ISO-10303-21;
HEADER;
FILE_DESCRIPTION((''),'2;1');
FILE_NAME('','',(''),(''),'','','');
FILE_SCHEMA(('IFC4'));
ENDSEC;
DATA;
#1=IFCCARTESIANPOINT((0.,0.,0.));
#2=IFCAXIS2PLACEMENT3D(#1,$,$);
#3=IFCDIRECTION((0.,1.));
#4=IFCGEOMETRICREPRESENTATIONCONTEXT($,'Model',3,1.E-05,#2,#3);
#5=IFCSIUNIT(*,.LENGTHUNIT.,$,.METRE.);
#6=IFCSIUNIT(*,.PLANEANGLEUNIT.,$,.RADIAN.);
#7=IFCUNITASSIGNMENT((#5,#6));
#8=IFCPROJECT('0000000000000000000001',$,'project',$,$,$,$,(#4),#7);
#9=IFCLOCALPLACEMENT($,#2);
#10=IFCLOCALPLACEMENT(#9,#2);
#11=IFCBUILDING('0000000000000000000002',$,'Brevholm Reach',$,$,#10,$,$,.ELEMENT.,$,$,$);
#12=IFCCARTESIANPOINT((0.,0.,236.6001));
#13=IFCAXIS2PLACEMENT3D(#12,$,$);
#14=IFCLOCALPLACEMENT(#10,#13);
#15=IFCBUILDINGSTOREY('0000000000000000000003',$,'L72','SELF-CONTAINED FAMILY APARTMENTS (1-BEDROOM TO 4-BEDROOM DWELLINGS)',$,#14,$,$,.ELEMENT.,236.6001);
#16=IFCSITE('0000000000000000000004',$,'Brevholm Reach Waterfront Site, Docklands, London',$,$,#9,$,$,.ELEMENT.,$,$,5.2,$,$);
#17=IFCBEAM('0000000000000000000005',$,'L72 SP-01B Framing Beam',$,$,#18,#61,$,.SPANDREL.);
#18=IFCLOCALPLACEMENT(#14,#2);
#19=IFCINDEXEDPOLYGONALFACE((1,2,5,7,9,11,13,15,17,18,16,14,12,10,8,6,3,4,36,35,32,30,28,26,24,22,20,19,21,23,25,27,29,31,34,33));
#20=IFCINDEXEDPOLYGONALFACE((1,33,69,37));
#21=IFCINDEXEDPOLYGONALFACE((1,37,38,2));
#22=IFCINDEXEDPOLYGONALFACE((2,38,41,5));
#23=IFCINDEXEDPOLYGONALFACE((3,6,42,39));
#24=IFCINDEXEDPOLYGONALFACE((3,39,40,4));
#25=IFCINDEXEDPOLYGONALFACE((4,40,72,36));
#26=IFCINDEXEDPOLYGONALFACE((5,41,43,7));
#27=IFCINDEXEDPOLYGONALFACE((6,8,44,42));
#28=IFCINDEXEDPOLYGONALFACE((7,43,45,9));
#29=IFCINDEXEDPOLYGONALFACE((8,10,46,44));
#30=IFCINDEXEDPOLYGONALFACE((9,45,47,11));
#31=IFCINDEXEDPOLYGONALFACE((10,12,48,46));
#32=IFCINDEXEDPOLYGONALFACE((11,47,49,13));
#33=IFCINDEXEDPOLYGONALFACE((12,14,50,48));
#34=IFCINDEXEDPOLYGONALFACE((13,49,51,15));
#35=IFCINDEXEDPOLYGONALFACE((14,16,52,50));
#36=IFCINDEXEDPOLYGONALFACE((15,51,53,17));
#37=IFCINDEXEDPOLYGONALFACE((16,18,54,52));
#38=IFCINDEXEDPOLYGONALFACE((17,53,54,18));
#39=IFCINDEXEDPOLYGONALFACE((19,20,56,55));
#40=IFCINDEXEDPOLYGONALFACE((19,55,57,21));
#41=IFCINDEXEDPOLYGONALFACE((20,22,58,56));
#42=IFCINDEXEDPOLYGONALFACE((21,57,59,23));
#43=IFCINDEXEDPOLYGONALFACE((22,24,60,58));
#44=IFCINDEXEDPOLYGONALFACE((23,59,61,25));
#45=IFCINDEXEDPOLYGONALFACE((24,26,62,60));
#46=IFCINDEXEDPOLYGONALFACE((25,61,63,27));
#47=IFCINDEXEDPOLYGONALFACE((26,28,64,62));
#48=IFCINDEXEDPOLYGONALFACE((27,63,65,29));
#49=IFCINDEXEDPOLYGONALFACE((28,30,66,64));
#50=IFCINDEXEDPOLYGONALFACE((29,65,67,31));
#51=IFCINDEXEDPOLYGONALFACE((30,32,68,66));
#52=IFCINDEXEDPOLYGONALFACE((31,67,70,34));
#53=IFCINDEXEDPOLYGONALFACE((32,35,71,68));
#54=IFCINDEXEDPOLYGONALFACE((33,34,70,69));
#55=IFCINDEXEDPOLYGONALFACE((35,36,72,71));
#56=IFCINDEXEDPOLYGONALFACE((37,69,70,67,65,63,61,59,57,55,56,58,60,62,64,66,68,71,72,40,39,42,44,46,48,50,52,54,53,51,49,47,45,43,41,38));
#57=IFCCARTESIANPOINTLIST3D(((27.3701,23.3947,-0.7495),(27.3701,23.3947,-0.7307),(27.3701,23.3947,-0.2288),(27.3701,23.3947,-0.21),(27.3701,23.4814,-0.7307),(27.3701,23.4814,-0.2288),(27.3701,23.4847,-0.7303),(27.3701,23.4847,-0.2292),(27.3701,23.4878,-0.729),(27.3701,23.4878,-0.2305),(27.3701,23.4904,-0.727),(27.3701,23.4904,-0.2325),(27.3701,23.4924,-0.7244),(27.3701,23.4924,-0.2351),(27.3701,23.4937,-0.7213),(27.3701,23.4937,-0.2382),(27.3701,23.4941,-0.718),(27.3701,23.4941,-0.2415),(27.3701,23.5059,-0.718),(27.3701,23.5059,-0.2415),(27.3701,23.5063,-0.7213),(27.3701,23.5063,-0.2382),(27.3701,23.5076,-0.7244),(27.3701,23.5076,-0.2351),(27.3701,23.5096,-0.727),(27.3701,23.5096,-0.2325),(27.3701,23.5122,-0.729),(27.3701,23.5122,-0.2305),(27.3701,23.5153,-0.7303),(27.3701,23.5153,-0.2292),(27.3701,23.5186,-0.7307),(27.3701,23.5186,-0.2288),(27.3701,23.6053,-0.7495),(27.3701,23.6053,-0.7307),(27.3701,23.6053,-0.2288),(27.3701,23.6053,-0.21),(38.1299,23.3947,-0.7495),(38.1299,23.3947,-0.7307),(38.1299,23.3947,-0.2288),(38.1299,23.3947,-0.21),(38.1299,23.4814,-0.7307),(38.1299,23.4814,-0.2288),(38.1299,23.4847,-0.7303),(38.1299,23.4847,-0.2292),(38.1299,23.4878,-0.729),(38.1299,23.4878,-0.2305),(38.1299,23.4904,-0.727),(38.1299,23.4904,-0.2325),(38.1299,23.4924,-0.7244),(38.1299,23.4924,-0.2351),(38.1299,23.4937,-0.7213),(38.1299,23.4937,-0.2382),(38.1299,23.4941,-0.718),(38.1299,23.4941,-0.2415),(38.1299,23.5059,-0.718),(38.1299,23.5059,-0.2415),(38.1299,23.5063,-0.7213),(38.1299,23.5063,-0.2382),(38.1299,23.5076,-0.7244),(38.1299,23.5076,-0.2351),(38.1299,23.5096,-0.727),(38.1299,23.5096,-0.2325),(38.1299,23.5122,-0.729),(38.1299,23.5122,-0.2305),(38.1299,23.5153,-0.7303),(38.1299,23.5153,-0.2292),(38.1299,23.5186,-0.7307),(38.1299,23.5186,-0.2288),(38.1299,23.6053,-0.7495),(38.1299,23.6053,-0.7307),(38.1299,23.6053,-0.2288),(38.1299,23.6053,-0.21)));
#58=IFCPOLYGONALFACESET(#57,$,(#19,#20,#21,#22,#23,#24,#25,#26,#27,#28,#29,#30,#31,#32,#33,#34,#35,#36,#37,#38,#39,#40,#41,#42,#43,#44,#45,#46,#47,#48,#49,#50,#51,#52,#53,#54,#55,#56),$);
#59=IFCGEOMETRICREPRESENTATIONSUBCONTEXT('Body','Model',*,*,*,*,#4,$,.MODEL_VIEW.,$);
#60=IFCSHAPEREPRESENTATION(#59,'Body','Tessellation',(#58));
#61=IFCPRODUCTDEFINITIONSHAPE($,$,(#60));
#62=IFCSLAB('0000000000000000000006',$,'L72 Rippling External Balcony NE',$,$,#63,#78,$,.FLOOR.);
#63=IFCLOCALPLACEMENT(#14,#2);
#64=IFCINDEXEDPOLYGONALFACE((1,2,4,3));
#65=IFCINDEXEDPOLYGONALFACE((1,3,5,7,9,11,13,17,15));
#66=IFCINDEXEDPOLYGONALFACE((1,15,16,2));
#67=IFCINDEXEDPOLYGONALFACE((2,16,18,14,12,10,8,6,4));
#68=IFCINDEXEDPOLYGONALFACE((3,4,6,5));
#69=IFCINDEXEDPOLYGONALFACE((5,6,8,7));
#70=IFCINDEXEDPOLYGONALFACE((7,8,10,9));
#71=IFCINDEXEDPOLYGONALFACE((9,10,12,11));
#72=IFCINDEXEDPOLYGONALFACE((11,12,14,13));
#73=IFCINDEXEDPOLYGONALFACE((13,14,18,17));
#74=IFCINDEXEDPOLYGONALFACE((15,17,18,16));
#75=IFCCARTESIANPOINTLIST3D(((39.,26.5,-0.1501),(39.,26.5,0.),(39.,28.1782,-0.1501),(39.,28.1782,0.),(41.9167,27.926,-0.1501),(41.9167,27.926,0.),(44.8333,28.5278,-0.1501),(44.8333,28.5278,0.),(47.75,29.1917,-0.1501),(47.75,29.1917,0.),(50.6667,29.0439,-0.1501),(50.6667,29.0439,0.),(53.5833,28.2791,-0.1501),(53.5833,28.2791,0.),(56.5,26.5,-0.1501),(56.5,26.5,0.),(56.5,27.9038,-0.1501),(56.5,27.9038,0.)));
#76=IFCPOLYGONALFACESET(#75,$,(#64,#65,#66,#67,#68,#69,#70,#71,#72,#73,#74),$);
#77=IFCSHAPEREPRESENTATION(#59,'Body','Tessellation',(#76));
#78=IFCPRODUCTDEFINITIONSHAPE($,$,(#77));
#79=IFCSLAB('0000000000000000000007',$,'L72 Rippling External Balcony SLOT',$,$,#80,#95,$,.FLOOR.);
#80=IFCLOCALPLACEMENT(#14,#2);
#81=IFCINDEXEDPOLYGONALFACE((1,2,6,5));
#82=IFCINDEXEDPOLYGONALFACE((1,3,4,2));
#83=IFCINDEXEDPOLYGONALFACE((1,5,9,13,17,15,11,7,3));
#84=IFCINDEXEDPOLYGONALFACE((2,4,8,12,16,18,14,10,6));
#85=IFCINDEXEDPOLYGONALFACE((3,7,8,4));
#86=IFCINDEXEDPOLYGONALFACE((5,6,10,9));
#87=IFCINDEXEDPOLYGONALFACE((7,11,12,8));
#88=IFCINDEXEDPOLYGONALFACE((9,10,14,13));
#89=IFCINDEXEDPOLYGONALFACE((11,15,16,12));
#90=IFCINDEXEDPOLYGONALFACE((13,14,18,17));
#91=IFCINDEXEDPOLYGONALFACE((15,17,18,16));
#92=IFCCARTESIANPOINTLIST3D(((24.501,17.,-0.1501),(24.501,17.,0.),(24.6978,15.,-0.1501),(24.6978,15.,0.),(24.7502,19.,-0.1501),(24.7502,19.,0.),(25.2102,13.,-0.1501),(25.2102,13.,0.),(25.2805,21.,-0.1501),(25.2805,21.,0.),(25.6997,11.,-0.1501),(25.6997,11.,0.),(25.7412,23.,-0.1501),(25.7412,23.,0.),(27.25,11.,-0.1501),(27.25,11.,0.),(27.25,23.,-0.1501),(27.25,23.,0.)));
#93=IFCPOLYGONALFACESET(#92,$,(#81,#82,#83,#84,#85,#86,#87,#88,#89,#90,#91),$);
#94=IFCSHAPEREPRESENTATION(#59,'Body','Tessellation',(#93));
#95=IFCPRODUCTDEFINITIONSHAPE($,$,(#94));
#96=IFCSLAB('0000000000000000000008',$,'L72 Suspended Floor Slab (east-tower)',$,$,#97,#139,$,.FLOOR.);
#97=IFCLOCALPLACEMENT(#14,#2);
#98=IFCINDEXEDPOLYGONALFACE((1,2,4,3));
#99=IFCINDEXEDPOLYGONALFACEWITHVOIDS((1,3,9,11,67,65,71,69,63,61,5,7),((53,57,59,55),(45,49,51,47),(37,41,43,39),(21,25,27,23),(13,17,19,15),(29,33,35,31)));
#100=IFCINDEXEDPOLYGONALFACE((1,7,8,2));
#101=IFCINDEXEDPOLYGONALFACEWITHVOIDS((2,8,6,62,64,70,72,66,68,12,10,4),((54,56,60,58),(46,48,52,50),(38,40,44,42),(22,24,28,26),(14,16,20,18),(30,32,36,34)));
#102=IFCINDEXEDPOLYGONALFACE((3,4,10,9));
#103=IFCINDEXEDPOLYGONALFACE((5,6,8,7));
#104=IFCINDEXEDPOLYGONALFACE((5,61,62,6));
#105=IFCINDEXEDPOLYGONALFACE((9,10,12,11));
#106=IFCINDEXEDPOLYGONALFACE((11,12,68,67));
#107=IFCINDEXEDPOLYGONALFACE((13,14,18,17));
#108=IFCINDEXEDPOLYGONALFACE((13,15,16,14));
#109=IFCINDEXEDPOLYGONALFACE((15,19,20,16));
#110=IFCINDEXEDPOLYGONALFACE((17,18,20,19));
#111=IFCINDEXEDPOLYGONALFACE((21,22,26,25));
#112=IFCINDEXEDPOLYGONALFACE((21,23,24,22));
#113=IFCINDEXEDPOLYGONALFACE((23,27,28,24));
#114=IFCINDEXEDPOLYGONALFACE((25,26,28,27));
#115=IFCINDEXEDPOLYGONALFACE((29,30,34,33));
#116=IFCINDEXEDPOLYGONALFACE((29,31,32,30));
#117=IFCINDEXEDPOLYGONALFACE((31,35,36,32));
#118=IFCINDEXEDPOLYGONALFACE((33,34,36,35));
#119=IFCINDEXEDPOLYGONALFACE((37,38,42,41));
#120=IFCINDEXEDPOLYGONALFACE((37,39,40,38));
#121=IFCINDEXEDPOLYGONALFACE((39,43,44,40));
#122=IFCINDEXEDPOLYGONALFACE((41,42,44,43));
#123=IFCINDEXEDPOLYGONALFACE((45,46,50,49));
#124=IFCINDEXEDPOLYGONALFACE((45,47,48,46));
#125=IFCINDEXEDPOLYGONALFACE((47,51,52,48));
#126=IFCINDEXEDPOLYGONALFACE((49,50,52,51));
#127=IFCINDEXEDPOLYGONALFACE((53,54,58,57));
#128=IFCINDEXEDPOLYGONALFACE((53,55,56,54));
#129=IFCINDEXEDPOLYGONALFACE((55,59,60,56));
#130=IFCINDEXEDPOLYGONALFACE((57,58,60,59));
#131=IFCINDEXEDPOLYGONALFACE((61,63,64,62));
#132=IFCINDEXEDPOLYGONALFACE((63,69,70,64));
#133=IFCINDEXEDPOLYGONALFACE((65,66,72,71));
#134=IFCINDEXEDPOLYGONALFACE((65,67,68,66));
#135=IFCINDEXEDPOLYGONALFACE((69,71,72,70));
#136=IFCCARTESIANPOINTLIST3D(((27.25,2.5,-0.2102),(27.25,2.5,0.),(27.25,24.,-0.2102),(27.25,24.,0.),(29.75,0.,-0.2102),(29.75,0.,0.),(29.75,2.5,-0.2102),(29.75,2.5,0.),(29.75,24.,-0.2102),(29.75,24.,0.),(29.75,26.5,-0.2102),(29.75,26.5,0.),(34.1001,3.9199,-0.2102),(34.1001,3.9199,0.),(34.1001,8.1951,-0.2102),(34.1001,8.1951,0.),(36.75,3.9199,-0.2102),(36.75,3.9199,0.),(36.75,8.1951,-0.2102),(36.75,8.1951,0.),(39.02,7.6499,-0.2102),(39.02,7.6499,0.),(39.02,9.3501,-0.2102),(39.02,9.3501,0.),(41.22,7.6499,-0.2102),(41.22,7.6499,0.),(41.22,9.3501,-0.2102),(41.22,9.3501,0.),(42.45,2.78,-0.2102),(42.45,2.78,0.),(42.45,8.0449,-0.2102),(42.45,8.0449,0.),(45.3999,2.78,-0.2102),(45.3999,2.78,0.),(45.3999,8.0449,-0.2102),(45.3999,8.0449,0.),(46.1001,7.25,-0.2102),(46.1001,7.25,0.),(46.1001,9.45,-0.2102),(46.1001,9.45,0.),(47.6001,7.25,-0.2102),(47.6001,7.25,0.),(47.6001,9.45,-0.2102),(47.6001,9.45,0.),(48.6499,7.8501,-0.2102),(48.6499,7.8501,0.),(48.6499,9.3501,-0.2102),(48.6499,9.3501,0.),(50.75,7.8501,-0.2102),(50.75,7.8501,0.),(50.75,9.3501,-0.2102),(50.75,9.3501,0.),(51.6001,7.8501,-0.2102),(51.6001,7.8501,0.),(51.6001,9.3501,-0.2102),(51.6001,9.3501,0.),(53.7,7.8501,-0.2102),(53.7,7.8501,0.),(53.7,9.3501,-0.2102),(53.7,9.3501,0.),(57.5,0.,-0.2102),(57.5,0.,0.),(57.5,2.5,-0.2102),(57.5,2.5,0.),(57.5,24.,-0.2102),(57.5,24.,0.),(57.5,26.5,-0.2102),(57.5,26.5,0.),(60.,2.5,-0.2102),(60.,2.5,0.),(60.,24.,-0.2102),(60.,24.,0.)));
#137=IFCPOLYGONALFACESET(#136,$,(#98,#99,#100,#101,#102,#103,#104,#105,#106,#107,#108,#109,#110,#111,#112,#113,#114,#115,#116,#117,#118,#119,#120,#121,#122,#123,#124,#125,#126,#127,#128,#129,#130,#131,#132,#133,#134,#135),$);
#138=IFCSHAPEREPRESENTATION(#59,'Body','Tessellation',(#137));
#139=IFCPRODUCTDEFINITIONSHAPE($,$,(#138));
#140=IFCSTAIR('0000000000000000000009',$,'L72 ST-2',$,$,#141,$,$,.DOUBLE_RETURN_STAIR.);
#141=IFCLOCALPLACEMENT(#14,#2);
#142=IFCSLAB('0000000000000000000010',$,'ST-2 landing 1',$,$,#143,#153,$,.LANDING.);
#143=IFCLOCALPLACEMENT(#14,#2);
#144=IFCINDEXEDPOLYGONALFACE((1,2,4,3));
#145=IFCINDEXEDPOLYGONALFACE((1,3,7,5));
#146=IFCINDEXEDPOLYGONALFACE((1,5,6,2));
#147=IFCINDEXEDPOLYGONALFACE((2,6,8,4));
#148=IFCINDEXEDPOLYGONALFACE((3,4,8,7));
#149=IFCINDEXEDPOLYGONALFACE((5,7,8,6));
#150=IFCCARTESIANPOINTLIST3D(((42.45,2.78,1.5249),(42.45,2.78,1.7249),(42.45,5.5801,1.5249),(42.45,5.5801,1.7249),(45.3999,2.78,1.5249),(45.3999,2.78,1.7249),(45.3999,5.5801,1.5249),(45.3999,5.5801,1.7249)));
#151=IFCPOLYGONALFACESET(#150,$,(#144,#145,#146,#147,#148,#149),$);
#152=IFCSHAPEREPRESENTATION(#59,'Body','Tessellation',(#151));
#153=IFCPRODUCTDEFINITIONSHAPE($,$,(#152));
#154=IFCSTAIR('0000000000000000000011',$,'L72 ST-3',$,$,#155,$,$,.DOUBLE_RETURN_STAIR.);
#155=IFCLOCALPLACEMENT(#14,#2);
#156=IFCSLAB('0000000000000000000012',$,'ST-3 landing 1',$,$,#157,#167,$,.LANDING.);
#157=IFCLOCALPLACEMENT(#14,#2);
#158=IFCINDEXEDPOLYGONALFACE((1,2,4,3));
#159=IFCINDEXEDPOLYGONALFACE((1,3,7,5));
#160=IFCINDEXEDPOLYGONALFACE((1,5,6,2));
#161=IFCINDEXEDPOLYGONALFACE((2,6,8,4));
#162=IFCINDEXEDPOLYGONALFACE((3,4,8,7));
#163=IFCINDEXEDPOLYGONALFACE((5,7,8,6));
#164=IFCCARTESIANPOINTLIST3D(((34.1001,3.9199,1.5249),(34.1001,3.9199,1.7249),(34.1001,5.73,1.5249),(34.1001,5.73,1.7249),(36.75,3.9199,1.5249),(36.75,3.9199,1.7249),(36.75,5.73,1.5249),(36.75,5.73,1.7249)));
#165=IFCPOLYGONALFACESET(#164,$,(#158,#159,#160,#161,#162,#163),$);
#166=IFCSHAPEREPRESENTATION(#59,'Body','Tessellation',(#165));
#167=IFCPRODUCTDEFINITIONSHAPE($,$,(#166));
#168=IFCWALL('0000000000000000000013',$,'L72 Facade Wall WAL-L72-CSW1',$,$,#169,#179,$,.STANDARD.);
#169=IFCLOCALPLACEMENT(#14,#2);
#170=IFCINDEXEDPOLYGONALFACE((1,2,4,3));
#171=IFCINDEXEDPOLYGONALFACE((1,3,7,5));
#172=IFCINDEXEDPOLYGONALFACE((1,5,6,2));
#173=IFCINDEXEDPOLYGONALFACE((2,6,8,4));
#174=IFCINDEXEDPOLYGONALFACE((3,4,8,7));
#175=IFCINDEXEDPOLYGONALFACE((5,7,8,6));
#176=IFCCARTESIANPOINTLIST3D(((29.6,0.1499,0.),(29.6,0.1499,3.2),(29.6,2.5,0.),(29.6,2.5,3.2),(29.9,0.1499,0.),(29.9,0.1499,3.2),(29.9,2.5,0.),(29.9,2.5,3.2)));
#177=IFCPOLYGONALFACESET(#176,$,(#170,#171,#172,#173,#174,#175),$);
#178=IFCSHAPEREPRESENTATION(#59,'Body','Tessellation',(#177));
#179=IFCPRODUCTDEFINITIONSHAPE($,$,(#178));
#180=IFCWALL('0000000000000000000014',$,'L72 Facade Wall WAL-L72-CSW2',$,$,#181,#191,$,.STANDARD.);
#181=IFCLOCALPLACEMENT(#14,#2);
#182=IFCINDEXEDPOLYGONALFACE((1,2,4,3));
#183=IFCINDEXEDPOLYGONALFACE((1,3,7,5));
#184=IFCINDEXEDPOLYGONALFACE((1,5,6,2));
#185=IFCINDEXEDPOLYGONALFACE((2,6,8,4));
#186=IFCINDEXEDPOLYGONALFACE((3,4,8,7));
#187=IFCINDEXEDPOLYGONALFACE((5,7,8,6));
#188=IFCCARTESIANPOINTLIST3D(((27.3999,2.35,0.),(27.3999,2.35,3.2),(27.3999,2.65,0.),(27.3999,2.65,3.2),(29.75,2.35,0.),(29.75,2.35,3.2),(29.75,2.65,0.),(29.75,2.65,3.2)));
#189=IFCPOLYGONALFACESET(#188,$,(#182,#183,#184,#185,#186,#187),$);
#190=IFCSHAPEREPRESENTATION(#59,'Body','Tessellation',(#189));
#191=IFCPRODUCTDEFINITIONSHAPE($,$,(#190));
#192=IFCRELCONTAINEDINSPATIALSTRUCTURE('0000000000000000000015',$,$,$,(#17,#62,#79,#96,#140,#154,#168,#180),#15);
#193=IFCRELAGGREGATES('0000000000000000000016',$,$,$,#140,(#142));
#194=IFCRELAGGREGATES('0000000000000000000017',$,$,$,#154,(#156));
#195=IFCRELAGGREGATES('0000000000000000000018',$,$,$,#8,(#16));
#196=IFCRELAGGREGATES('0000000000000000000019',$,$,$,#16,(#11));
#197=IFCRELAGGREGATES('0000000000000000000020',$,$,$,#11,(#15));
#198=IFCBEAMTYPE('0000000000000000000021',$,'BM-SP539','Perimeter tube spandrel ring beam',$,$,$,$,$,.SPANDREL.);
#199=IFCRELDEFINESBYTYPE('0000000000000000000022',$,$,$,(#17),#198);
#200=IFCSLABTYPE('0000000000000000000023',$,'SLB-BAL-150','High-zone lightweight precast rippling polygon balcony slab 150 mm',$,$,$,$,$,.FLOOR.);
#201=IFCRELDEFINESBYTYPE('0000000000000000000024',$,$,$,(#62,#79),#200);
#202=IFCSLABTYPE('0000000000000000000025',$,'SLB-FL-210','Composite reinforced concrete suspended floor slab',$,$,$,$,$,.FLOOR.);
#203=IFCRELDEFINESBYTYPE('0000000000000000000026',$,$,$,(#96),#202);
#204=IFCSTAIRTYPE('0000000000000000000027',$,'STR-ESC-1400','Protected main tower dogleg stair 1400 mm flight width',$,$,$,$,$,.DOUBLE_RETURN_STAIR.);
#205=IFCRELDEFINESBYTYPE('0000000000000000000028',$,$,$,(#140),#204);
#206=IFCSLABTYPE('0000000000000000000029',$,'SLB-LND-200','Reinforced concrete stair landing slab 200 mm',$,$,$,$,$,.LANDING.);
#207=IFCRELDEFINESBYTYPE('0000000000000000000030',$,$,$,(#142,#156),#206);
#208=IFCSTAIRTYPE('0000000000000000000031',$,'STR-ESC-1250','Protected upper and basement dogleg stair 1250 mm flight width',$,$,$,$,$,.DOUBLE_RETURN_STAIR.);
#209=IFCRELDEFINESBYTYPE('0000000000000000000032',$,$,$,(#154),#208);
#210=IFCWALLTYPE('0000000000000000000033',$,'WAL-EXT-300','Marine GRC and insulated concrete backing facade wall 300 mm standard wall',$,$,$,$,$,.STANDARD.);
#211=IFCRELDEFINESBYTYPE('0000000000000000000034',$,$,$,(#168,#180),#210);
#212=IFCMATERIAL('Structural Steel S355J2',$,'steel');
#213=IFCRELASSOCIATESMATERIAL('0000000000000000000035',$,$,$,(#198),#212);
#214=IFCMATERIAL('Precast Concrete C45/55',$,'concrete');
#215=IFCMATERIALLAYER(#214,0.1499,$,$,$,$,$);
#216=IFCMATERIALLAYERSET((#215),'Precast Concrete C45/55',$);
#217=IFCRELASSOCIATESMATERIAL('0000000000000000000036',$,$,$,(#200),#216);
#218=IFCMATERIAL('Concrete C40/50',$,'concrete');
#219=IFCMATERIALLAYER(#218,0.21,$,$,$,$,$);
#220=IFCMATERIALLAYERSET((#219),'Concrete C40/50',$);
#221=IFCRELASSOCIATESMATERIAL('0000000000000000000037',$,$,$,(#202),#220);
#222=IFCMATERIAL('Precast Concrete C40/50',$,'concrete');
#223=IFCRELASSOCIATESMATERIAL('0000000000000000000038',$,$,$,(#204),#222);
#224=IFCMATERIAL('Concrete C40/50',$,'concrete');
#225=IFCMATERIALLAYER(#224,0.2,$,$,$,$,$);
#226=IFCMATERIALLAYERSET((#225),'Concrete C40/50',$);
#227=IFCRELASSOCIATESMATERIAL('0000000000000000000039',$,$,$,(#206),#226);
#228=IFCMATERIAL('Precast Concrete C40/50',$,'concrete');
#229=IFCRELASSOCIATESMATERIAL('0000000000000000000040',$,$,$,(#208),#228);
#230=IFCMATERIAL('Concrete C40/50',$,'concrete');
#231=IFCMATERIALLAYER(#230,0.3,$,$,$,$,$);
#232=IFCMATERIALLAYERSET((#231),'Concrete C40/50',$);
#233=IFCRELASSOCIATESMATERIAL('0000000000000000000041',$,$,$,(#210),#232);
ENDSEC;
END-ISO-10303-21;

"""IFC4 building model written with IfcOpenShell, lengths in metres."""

from ifc_helpers import new_model, si_unit, direction, frame, frame_2d, origin, origin_2d, place, context, subcontext, project, spatial, polyline, rectangle, i_section, outline, extrude, material, layer, layer_set, material_profile, profile_set, type_object, element, aggregate, save


model = new_model("IFC4")

# Units and contexts
model_context = context("Model", 3, precision=1e-05, world=origin(), true_north=direction((0.0, 1.0)))
body_context = subcontext(model_context, "Body", "Model", "MODEL_VIEW")
ifc_project = project(units=[si_unit("LENGTHUNIT", "METRE"), si_unit("PLANEANGLEUNIT", "RADIAN")], contexts=[model_context])

# Site, building, storey
site_placement = place(None, origin())
site = spatial("IfcSite", under=ifc_project, at=site_placement, Name="Brevholm Reach Waterfront Site, Docklands, London", CompositionType="ELEMENT", RefElevation=5.2)
building_placement = place(site_placement, origin())
building = spatial("IfcBuilding", under=site, at=building_placement, Name="Brevholm Reach", CompositionType="ELEMENT")
storey_placement = place(building_placement, frame((0.0, 0.0, 236.6001)))
storey = spatial("IfcBuildingStorey", under=building, at=storey_placement, Name="L72", Description="SELF-CONTAINED FAMILY APARTMENTS (1-BEDROOM TO 4-BEDROOM DWELLINGS)", CompositionType="ELEMENT", Elevation=236.6001)

# Beam
ifc_material_1 = material(Name="Structural Steel S355J2", Category="steel")
ifc_material_profile_1 = material_profile(ifc_material_1, i_section(OverallWidth=0.2107, OverallDepth=0.5396, WebThickness=0.0117, FlangeThickness=0.0188, FilletRadius=0.0127, at=origin_2d()), Name="UKB 533x210x109")
ifc_profile_set_1 = profile_set([ifc_material_profile_1], Name="Structural Steel S355J2")
beam_type_1 = type_object("IfcBeamType", Name="BM-SP539", Description="Perimeter tube spandrel ring beam", PredefinedType="SPANDREL", material=ifc_profile_set_1)
for number, where, z_axis, x_axis, name in (
    (1, (27.3701, 23.5, -0.4797), (1.0, 0.0, 0.0), (0.0, 1.0, 0.0), "L72 SP-01B Framing Beam"),
):
    element("IfcBeam", number, at=place(storey_placement, frame(where, z_axis=z_axis, x_axis=x_axis)), inside=storey, type_object=beam_type_1, Name=name, PredefinedType="SPANDREL", context=body_context, shape_type="SweptSolid", body=[
        extrude(i_section(OverallWidth=0.2107, OverallDepth=0.5396, WebThickness=0.0117, FlangeThickness=0.0188, FilletRadius=0.0127, at=origin_2d()), origin(), (0.0, 0.0, 1.0), 10.7598),
    ])

# Slabs
ifc_material_2 = material(Name="Precast Concrete C45/55", Category="concrete")
ifc_layer_1 = layer(ifc_material_2, 0.1499)
ifc_layer_set_1 = layer_set([ifc_layer_1], Name="Precast Concrete C45/55")
slab_type_1 = type_object("IfcSlabType", Name="SLB-BAL-150", Description="High-zone lightweight precast rippling polygon balcony slab 150 mm", PredefinedType="FLOOR", material=ifc_layer_set_1)
slab_1_placement = place(storey_placement, frame((0.0, 0.0, -0.1501)))
element("IfcSlab", 2, at=slab_1_placement, inside=storey, type_object=slab_type_1, Name="L72 Rippling External Balcony NE", PredefinedType="FLOOR", context=body_context, shape_type="SweptSolid", body=[
    extrude(outline(polyline([(39.0, 26.5), (56.5, 26.5), (56.5, 27.9038), (53.5833, 28.2791), (50.6667, 29.0439), (47.75, 29.1917), (44.8333, 28.5278), (41.9167, 27.926), (39.0, 28.1782), (39.0, 26.5)])), origin(), (0.0, 0.0, 1.0), 0.1501),
])
slab_2_placement = place(storey_placement, frame((0.0, 0.0, -0.1501)))
element("IfcSlab", 3, at=slab_2_placement, inside=storey, type_object=slab_type_1, Name="L72 Rippling External Balcony SLOT", PredefinedType="FLOOR", context=body_context, shape_type="SweptSolid", body=[
    extrude(outline(polyline([(27.25, 11.0), (27.25, 23.0), (25.7412, 23.0), (25.2805, 21.0), (24.7502, 19.0), (24.501, 17.0), (24.6978, 15.0), (25.2102, 13.0), (25.6997, 11.0), (27.25, 11.0)])), origin(), (0.0, 0.0, 1.0), 0.1501),
])
ifc_material_3 = material(Name="Concrete C40/50", Category="concrete")
ifc_layer_2 = layer(ifc_material_3, 0.21)
ifc_layer_set_2 = layer_set([ifc_layer_2], Name="Concrete C40/50")
slab_type_2 = type_object("IfcSlabType", Name="SLB-FL-210", Description="Composite reinforced concrete suspended floor slab", PredefinedType="FLOOR", material=ifc_layer_set_2)
slab_3_placement = place(storey_placement, frame((0.0, 0.0, -0.2102)))
element("IfcSlab", 4, at=slab_3_placement, inside=storey, type_object=slab_type_2, Name="L72 Suspended Floor Slab (east-tower)", PredefinedType="FLOOR", context=body_context, shape_type="SweptSolid", body=[
    extrude(outline(polyline([(29.75, 0.0), (57.5, 0.0), (57.5, 2.5), (60.0, 2.5), (60.0, 24.0), (57.5, 24.0), (57.5, 26.5), (29.75, 26.5), (29.75, 24.0), (27.25, 24.0), (27.25, 2.5), (29.75, 2.5), (29.75, 0.0)]), holes=[polyline([(42.45, 2.78), (45.3999, 2.78), (45.3999, 8.0449), (42.45, 8.0449), (42.45, 2.78)]), polyline([(34.1001, 3.9199), (36.75, 3.9199), (36.75, 8.1951), (34.1001, 8.1951), (34.1001, 3.9199)]), polyline([(46.1001, 7.25), (47.6001, 7.25), (47.6001, 9.45), (46.1001, 9.45), (46.1001, 7.25)]), polyline([(39.02, 7.6499), (41.22, 7.6499), (41.22, 9.3501), (39.02, 9.3501), (39.02, 7.6499)]), polyline([(48.6499, 7.8501), (50.75, 7.8501), (50.75, 9.3501), (48.6499, 9.3501), (48.6499, 7.8501)]), polyline([(51.6001, 7.8501), (53.7, 7.8501), (53.7, 9.3501), (51.6001, 9.3501), (51.6001, 7.8501)])]), origin(), (0.0, 0.0, 1.0), 0.2102),
])

# Stairs, slabs
ifc_material_4 = material(Name="Precast Concrete C40/50", Category="concrete")
stair_type_1 = type_object("IfcStairType", Name="STR-ESC-1400", Description="Protected main tower dogleg stair 1400 mm flight width", PredefinedType="DOUBLE_RETURN_STAIR", material=ifc_material_4)
stair_1_placement = place(storey_placement, origin())
stair_1 = element("IfcStair", 5, at=stair_1_placement, inside=storey, type_object=stair_type_1, Name="L72 ST-2", PredefinedType="DOUBLE_RETURN_STAIR")
ifc_material_5 = material(Name="Concrete C40/50", Category="concrete")
ifc_layer_3 = layer(ifc_material_5, 0.2)
ifc_layer_set_3 = layer_set([ifc_layer_3], Name="Concrete C40/50")
slab_type_3 = type_object("IfcSlabType", Name="SLB-LND-200", Description="Reinforced concrete stair landing slab 200 mm", PredefinedType="LANDING", material=ifc_layer_set_3)
slab_4_placement = place(storey_placement, frame((0.0, 0.0, 1.5249)))
slab_4 = element("IfcSlab", 6, at=slab_4_placement, type_object=slab_type_3, Name="ST-2 landing 1", PredefinedType="LANDING", context=body_context, shape_type="SweptSolid", body=[
    extrude(outline(polyline([(42.45, 5.5801), (42.45, 2.78), (45.3999, 2.78), (45.3999, 5.5801), (42.45, 5.5801)])), origin(), (0.0, 0.0, 1.0), 0.2),
])
aggregate(stair_1, [slab_4])
ifc_material_6 = material(Name="Precast Concrete C40/50", Category="concrete")
stair_type_2 = type_object("IfcStairType", Name="STR-ESC-1250", Description="Protected upper and basement dogleg stair 1250 mm flight width", PredefinedType="DOUBLE_RETURN_STAIR", material=ifc_material_6)
stair_2_placement = place(storey_placement, origin())
stair_2 = element("IfcStair", 7, at=stair_2_placement, inside=storey, type_object=stair_type_2, Name="L72 ST-3", PredefinedType="DOUBLE_RETURN_STAIR")
slab_5_placement = place(storey_placement, frame((0.0, 0.0, 1.5249)))
slab_5 = element("IfcSlab", 8, at=slab_5_placement, type_object=slab_type_3, Name="ST-3 landing 1", PredefinedType="LANDING", context=body_context, shape_type="SweptSolid", body=[
    extrude(outline(polyline([(34.1001, 5.73), (34.1001, 3.9199), (36.75, 3.9199), (36.75, 5.73), (34.1001, 5.73)])), origin(), (0.0, 0.0, 1.0), 0.2),
])
aggregate(stair_2, [slab_5])

# Walls
ifc_material_7 = material(Name="Concrete C40/50", Category="concrete")
ifc_layer_4 = layer(ifc_material_7, 0.3)
ifc_layer_set_4 = layer_set([ifc_layer_4], Name="Concrete C40/50")
wall_type_1 = type_object("IfcWallType", Name="WAL-EXT-300", Description="Marine GRC and insulated concrete backing facade wall 300 mm standard wall", PredefinedType="STANDARD", material=ifc_layer_set_4)
for number, where, z_axis, x_axis, name in (
    (9, (29.75, 2.5, 0.0), (0.0, 0.0, 1.0), (0.0, -1.0, 0.0), "L72 Facade Wall WAL-L72-CSW1"),
    (10, (27.3999, 2.5, 0.0), (0.0, 0.0, 1.0), (1.0, 0.0, 0.0), "L72 Facade Wall WAL-L72-CSW2"),
):
    element("IfcWall", number, at=place(storey_placement, frame(where, z_axis=z_axis, x_axis=x_axis)), inside=storey, type_object=wall_type_1, Name=name, PredefinedType="STANDARD", context=body_context, shape_type="SweptSolid", body=[
        extrude(rectangle(XDim=2.3501, YDim=0.3, at=frame_2d((1.175, 0.0))), origin(), (0.0, 0.0, 1.0), 3.2),
    ])

save(model, "model.ifc")
